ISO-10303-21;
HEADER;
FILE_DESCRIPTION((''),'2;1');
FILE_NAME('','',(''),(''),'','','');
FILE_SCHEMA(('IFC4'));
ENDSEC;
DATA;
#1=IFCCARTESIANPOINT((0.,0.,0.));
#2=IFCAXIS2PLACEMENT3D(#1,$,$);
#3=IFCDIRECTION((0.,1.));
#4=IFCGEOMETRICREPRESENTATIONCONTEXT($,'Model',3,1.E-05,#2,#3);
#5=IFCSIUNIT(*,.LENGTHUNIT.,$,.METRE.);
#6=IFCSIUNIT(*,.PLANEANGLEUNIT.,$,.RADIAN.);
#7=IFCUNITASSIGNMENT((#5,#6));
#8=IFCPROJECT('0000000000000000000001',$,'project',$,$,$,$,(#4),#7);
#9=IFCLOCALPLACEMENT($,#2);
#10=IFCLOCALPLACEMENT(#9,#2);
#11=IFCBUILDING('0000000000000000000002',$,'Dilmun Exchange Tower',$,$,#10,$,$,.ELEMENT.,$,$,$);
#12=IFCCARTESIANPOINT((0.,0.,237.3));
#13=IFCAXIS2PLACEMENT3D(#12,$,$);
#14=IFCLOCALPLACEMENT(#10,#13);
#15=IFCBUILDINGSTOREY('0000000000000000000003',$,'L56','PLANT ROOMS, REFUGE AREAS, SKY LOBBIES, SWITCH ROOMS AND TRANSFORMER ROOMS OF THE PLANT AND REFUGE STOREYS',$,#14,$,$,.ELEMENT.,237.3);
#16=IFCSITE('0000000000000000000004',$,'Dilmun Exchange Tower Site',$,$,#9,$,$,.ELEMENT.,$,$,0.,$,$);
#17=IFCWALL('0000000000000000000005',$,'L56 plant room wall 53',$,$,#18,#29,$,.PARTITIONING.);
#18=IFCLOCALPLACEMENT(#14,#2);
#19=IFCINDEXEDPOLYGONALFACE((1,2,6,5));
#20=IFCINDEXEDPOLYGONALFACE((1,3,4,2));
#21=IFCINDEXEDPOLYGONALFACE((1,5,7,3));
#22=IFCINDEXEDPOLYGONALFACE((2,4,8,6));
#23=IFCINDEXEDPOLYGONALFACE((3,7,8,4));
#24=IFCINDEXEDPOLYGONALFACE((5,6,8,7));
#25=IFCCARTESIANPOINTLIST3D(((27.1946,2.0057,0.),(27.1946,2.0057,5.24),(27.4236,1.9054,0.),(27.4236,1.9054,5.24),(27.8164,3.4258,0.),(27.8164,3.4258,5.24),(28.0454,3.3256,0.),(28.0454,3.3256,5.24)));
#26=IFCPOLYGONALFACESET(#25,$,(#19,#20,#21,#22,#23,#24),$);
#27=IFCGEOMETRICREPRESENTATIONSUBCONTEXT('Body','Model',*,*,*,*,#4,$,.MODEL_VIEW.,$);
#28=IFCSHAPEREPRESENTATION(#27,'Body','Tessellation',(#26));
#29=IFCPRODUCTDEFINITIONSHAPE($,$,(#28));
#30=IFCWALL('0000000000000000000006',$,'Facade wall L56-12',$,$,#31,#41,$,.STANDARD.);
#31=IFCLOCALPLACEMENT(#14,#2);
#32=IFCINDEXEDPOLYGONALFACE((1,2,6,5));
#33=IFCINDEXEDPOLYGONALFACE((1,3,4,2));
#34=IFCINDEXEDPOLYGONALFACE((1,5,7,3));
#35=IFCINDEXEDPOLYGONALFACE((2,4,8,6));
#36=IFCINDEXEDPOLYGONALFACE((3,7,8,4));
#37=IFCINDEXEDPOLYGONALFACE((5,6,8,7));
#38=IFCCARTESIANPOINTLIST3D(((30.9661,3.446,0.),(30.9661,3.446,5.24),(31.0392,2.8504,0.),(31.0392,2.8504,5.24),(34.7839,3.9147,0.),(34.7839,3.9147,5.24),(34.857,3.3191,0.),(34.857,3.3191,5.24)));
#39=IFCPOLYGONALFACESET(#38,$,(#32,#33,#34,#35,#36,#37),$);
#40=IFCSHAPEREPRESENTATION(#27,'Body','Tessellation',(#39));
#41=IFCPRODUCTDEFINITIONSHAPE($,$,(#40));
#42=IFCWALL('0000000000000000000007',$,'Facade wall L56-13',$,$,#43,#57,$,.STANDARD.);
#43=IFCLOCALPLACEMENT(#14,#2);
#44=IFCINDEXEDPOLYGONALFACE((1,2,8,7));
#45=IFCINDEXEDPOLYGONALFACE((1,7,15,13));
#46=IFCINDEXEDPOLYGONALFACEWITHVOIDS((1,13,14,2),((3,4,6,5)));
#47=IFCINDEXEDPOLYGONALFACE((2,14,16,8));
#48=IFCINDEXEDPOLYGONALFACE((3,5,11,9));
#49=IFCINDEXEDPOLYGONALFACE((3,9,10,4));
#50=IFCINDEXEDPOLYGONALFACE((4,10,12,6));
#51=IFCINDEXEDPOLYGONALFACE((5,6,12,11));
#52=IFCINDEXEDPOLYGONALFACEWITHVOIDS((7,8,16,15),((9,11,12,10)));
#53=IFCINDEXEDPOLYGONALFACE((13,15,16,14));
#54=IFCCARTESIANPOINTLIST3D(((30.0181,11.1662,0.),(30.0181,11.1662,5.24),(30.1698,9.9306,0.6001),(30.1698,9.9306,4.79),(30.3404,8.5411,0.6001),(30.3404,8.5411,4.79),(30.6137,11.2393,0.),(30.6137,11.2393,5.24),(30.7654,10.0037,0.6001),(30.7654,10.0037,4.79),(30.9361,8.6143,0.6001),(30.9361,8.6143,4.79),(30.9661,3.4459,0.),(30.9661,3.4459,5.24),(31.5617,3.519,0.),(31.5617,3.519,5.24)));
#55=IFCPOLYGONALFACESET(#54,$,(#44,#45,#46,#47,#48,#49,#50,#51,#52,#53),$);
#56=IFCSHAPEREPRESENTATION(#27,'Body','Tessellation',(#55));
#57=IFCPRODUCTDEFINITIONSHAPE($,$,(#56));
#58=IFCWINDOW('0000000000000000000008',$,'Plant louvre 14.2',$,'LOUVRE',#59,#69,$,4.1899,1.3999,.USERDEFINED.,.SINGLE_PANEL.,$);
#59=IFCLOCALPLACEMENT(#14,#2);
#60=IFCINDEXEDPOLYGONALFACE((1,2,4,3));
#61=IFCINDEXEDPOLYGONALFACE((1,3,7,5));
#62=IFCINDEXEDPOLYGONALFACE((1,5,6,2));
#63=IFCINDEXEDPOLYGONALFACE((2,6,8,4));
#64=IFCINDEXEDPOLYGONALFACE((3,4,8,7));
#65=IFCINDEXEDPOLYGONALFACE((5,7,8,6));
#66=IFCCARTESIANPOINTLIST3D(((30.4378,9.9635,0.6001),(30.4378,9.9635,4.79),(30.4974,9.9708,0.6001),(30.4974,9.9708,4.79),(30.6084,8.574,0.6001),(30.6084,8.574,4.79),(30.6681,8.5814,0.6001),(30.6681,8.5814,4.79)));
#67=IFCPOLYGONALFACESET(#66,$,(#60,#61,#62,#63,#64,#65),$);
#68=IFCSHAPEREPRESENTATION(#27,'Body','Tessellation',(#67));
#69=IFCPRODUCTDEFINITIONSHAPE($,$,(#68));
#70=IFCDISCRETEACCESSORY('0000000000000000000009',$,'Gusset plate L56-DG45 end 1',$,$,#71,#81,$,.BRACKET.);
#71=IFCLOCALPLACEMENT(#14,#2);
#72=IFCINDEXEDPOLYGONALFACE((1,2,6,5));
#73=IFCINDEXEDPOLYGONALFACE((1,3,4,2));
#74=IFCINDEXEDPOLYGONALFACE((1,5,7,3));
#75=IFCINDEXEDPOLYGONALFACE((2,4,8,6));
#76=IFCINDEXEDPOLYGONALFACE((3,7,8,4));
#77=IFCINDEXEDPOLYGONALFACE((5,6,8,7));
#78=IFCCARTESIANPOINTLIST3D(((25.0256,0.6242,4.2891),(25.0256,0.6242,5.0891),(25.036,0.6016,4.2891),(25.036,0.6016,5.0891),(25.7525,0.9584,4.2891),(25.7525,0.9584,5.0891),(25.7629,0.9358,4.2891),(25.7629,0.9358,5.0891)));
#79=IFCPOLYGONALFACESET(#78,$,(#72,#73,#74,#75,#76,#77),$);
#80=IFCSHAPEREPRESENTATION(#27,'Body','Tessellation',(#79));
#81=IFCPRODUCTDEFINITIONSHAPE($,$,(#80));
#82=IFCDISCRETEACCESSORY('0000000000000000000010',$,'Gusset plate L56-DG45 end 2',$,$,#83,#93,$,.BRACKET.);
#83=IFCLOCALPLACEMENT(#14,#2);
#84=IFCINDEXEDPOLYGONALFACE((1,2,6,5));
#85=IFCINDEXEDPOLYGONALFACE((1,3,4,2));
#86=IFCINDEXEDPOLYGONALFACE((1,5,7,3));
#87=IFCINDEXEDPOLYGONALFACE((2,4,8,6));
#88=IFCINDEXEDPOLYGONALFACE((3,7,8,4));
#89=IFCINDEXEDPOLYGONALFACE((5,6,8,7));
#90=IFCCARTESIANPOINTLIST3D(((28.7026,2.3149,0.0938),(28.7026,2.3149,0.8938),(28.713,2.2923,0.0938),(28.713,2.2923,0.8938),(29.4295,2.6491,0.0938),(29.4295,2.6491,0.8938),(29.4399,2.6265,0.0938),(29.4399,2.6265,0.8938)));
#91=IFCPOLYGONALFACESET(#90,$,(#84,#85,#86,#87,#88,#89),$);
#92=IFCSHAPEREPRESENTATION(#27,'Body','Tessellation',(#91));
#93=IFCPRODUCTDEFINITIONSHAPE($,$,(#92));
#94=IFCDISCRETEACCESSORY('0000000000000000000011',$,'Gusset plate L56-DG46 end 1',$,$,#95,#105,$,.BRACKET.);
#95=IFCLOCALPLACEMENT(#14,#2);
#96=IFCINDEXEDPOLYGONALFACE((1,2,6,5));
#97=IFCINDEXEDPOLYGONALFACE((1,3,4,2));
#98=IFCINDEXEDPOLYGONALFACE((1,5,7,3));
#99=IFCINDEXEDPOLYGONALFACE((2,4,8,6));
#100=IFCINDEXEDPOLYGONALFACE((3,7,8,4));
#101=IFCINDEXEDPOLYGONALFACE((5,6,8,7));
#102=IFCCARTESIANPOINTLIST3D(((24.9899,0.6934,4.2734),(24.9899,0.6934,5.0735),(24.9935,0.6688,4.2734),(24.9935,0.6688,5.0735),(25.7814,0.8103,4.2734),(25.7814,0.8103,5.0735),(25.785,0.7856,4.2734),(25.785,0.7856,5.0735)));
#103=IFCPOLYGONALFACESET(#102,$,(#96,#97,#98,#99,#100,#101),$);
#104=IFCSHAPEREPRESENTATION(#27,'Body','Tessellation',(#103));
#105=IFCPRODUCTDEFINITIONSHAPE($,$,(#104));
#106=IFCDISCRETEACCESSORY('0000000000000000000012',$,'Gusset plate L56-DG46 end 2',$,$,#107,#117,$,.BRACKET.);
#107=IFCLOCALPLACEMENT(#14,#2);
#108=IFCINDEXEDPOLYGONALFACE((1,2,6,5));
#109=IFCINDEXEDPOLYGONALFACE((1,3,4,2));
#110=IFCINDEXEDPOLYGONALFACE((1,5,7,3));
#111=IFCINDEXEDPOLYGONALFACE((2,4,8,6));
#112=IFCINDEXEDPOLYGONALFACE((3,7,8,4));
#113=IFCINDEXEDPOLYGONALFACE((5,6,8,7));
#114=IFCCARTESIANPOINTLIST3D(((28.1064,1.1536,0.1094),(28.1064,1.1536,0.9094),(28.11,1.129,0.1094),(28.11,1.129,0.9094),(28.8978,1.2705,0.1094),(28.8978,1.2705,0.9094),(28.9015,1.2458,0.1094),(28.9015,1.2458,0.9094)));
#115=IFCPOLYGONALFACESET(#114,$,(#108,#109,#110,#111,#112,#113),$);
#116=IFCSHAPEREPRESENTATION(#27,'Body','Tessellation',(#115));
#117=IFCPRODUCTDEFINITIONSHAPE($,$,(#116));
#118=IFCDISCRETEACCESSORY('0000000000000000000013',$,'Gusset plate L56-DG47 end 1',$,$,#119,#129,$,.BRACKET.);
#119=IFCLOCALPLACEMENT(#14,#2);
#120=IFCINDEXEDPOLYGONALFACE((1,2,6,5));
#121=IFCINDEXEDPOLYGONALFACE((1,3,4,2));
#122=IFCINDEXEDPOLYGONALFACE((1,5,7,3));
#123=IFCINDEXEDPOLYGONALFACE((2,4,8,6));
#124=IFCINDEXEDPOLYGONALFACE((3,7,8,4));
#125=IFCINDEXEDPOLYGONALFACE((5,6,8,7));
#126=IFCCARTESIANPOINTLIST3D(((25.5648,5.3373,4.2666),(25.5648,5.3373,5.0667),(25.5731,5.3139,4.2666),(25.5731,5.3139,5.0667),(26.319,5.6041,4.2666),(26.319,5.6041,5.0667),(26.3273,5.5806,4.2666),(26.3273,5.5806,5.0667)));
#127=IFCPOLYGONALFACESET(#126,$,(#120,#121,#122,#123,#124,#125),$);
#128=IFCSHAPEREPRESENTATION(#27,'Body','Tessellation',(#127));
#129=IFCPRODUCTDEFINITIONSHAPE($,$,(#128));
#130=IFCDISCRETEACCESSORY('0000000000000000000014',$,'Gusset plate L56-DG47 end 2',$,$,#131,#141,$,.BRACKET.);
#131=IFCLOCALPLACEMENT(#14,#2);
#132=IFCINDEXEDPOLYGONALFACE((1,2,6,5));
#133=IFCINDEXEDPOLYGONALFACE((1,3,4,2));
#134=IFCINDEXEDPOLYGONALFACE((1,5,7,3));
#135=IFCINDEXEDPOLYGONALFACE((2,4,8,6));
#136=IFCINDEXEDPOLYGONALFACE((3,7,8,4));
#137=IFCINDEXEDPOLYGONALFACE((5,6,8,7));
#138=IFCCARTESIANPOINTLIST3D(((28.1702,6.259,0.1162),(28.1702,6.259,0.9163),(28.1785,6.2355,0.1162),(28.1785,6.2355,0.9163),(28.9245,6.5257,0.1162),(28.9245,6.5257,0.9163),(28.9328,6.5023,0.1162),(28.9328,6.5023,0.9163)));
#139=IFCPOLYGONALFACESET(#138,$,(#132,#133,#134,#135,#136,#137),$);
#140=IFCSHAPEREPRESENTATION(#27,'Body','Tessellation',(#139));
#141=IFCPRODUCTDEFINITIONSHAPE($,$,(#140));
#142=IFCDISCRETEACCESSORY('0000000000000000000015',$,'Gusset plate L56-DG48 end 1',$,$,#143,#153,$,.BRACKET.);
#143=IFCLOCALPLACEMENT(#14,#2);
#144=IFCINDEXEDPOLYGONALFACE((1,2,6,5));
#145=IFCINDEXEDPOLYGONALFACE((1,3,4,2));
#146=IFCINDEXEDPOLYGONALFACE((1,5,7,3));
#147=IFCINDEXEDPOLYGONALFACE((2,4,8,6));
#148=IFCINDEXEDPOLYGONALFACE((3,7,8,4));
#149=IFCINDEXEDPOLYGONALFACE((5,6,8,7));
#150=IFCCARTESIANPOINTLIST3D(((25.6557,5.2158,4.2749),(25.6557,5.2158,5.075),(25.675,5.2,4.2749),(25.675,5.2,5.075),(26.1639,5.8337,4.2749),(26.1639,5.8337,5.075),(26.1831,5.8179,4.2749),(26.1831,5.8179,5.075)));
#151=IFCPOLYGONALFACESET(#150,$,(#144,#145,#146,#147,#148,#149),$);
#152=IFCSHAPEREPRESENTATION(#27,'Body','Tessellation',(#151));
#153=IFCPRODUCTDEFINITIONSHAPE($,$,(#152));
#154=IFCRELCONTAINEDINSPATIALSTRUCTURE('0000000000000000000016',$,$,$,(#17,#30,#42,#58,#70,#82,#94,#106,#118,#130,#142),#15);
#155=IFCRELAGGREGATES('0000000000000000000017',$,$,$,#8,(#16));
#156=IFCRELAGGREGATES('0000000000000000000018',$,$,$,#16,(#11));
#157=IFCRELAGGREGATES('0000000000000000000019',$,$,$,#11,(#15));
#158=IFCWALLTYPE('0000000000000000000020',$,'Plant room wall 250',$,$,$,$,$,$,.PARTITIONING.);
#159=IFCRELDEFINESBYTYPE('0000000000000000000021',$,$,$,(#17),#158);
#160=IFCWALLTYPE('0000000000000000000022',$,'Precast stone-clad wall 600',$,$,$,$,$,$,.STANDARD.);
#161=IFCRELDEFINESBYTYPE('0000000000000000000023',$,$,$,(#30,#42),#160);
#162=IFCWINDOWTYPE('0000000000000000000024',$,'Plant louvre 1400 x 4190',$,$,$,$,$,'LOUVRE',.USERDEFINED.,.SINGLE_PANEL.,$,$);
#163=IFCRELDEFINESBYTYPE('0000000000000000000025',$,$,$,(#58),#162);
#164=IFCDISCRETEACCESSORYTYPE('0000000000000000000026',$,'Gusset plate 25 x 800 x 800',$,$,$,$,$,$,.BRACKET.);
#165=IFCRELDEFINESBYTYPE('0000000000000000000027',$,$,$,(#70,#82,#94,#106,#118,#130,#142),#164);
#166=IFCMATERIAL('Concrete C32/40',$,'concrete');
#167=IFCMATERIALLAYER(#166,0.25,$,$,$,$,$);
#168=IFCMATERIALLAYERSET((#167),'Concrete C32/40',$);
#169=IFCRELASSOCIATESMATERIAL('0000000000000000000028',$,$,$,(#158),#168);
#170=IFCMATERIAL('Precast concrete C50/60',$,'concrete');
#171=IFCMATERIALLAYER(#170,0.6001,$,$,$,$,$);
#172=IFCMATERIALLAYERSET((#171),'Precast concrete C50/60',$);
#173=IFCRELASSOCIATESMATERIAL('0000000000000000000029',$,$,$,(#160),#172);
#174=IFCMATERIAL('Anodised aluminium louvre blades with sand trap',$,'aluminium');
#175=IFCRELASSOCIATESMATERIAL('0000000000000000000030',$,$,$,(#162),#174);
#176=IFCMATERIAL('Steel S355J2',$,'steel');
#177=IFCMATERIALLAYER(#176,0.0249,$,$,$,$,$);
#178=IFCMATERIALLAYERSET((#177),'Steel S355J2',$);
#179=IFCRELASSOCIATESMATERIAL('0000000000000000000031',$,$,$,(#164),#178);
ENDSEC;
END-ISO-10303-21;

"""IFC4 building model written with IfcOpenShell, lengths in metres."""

from ifc_helpers import new_model, si_unit, direction, frame, frame_2d, origin, origin_2d, place, context, subcontext, project, spatial, rectangle, extrude, material, layer, layer_set, type_object, element, fill, save


model = new_model("IFC4")

# Units and contexts
model_context = context("Model", 3, precision=1e-05, world=origin(), true_north=direction((0.0, 1.0)))
body_context = subcontext(model_context, "Body", "Model", "MODEL_VIEW")
ifc_project = project(units=[si_unit("LENGTHUNIT", "METRE"), si_unit("PLANEANGLEUNIT", "RADIAN")], contexts=[model_context])

# Site, building, storey
site_placement = place(None, origin())
site = spatial("IfcSite", under=ifc_project, at=site_placement, Name="Dilmun Exchange Tower Site", CompositionType="ELEMENT", RefElevation=0.0)
building_placement = place(site_placement, origin())
building = spatial("IfcBuilding", under=site, at=building_placement, Name="Dilmun Exchange Tower", CompositionType="ELEMENT")
storey_placement = place(building_placement, frame((0.0, 0.0, 237.3)))
storey = spatial("IfcBuildingStorey", under=building, at=storey_placement, Name="L56", Description="PLANT ROOMS, REFUGE AREAS, SKY LOBBIES, SWITCH ROOMS AND TRANSFORMER ROOMS OF THE PLANT AND REFUGE STOREYS", CompositionType="ELEMENT", Elevation=237.3)

# Walls
ifc_material_1 = material(Name="Concrete C32/40", Category="concrete")
ifc_layer_1 = layer(ifc_material_1, 0.25)
ifc_layer_set_1 = layer_set([ifc_layer_1], Name="Concrete C32/40")
wall_type_1 = type_object("IfcWallType", Name="Plant room wall 250", PredefinedType="PARTITIONING", material=ifc_layer_set_1)
wall_1_placement = place(storey_placement, frame((27.3091, 1.9556, 0.0), z_axis=(0.0, 0.0, 1.0), x_axis=(0.401091, 0.916038, 0.0)))
element("IfcWall", 1, at=wall_1_placement, inside=storey, type_object=wall_type_1, Name="L56 plant room wall 53", PredefinedType="PARTITIONING", context=body_context, shape_type="SweptSolid", body=[
    extrude(rectangle(XDim=1.5503, YDim=0.25, at=frame_2d((0.7751, 0.0))), origin(), (0.0, 0.0, 1.0), 5.24),
])
ifc_material_2 = material(Name="Precast concrete C50/60", Category="concrete")
ifc_layer_2 = layer(ifc_material_2, 0.6001)
ifc_layer_set_2 = layer_set([ifc_layer_2], Name="Precast concrete C50/60")
wall_type_2 = type_object("IfcWallType", Name="Precast stone-clad wall 600", PredefinedType="STANDARD", material=ifc_layer_set_2)
wall_2_placement = place(storey_placement, frame((34.8206, 3.6169, 0.0), z_axis=(0.0, 0.0, 1.0), x_axis=(-0.992547, -0.121863, 0.0)))
element("IfcWall", 2, at=wall_2_placement, inside=storey, type_object=wall_type_2, Name="Facade wall L56-12", PredefinedType="STANDARD", context=body_context, shape_type="SweptSolid", body=[
    extrude(rectangle(XDim=3.8464, YDim=0.6001, at=frame_2d((1.9233, 0.0))), origin(), (0.0, 0.0, 1.0), 5.24),
])

# Wall, opening, window
wall_3_placement = place(storey_placement, frame((31.2639, 3.4824, 0.0), z_axis=(0.0, 0.0, 1.0), x_axis=(-0.121879, 0.992545, 0.0)))
wall_3 = element("IfcWall", 3, at=wall_3_placement, inside=storey, type_object=wall_type_2, Name="Facade wall L56-13", PredefinedType="STANDARD", context=body_context, shape_type="SweptSolid", body=[
    extrude(rectangle(XDim=7.7783, YDim=0.6001, at=frame_2d((3.8892, 0.0))), origin(), (0.0, 0.0, 1.0), 5.24),
])
opening_placement = place(wall_3_placement, frame((5.1335, 0.0, 0.6001)))
opening = element("IfcOpeningElement", 4, at=opening_placement, cuts=wall_3, PredefinedType="OPENING", context=body_context, shape_type="SweptSolid", body=[
    extrude(rectangle(XDim=1.3999, YDim=4.1899, at=frame_2d((0.7, 2.095))), frame((0.0, 0.3101, 0.0), z_axis=(0.0, -1.0, 0.0), x_axis=(1.0, 0.0, 0.0)), (0.0, 0.0, 1.0), 0.6201),
])
ifc_material_3 = material(Name="Anodised aluminium louvre blades with sand trap", Category="aluminium")
window_type = type_object("IfcWindowType", Name="Plant louvre 1400 x 4190", ElementType="LOUVRE", PartitioningType="SINGLE_PANEL", PredefinedType="USERDEFINED", material=ifc_material_3)
window_placement = place(opening_placement, origin())
window = element("IfcWindow", 5, at=window_placement, inside=storey, type_object=window_type, Name="Plant louvre 14.2", ObjectType="LOUVRE", OverallHeight=4.1899, OverallWidth=1.3999, PartitioningType="SINGLE_PANEL", PredefinedType="USERDEFINED", context=body_context, shape_type="SweptSolid", body=[
    extrude(rectangle(XDim=1.3999, YDim=4.1899, at=frame_2d((0.7, 2.095))), frame((0.0, 0.03, 0.0), z_axis=(0.0, -1.0, 0.0), x_axis=(1.0, 0.0, 0.0)), (0.0, 0.0, 1.0), 0.0601),
])
fill(opening, window)

# Discrete accessories
ifc_material_4 = material(Name="Steel S355J2", Category="steel")
ifc_layer_3 = layer(ifc_material_4, 0.0249)
ifc_layer_set_3 = layer_set([ifc_layer_3], Name="Steel S355J2")
discrete_accessory_type = type_object("IfcDiscreteAccessoryType", Name="Gusset plate 25 x 800 x 800", PredefinedType="BRACKET", material=ifc_layer_set_3)
for number, where, z_axis, x_axis, name in (
    (6, (25.3943, 0.78, 4.2891), (0.0, 0.0, 1.0), (0.90858, 0.417712, 0.0), "Gusset plate L56-DG45 end 1"),
    (7, (29.0713, 2.4707, 0.0938), (0.0, 0.0, 1.0), (0.90858, 0.417712, 0.0), "Gusset plate L56-DG45 end 2"),
    (8, (25.3875, 0.7395, 4.2734), (0.0, 0.0, 1.0), (0.989275, 0.146067, 0.0), "Gusset plate L56-DG46 end 1"),
    (9, (28.5039, 1.1997, 0.1094), (0.0, 0.0, 1.0), (0.989275, 0.146067, 0.0), "Gusset plate L56-DG46 end 2"),
    (10, (25.946, 5.459, 4.2666), (0.0, 0.0, 1.0), (0.942768, 0.33345, 0.0), "Gusset plate L56-DG47 end 1"),
    (11, (28.5515, 6.3806, 0.1162), (0.0, 0.0, 1.0), (0.942768, 0.33345, 0.0), "Gusset plate L56-DG47 end 2"),
    (12, (25.9194, 5.5168, 4.2749), (0.0, 0.0, 1.0), (0.635202, 0.772346, 0.0), "Gusset plate L56-DG48 end 1"),
):
    element("IfcDiscreteAccessory", number, at=place(storey_placement, frame(where, z_axis=z_axis, x_axis=x_axis)), inside=storey, type_object=discrete_accessory_type, Name=name, PredefinedType="BRACKET", context=body_context, shape_type="SweptSolid", body=[
        extrude(rectangle(XDim=0.8, YDim=0.0249, at=origin_2d()), origin(), (0.0, 0.0, 1.0), 0.8),
    ])

save(model, "model.ifc")
